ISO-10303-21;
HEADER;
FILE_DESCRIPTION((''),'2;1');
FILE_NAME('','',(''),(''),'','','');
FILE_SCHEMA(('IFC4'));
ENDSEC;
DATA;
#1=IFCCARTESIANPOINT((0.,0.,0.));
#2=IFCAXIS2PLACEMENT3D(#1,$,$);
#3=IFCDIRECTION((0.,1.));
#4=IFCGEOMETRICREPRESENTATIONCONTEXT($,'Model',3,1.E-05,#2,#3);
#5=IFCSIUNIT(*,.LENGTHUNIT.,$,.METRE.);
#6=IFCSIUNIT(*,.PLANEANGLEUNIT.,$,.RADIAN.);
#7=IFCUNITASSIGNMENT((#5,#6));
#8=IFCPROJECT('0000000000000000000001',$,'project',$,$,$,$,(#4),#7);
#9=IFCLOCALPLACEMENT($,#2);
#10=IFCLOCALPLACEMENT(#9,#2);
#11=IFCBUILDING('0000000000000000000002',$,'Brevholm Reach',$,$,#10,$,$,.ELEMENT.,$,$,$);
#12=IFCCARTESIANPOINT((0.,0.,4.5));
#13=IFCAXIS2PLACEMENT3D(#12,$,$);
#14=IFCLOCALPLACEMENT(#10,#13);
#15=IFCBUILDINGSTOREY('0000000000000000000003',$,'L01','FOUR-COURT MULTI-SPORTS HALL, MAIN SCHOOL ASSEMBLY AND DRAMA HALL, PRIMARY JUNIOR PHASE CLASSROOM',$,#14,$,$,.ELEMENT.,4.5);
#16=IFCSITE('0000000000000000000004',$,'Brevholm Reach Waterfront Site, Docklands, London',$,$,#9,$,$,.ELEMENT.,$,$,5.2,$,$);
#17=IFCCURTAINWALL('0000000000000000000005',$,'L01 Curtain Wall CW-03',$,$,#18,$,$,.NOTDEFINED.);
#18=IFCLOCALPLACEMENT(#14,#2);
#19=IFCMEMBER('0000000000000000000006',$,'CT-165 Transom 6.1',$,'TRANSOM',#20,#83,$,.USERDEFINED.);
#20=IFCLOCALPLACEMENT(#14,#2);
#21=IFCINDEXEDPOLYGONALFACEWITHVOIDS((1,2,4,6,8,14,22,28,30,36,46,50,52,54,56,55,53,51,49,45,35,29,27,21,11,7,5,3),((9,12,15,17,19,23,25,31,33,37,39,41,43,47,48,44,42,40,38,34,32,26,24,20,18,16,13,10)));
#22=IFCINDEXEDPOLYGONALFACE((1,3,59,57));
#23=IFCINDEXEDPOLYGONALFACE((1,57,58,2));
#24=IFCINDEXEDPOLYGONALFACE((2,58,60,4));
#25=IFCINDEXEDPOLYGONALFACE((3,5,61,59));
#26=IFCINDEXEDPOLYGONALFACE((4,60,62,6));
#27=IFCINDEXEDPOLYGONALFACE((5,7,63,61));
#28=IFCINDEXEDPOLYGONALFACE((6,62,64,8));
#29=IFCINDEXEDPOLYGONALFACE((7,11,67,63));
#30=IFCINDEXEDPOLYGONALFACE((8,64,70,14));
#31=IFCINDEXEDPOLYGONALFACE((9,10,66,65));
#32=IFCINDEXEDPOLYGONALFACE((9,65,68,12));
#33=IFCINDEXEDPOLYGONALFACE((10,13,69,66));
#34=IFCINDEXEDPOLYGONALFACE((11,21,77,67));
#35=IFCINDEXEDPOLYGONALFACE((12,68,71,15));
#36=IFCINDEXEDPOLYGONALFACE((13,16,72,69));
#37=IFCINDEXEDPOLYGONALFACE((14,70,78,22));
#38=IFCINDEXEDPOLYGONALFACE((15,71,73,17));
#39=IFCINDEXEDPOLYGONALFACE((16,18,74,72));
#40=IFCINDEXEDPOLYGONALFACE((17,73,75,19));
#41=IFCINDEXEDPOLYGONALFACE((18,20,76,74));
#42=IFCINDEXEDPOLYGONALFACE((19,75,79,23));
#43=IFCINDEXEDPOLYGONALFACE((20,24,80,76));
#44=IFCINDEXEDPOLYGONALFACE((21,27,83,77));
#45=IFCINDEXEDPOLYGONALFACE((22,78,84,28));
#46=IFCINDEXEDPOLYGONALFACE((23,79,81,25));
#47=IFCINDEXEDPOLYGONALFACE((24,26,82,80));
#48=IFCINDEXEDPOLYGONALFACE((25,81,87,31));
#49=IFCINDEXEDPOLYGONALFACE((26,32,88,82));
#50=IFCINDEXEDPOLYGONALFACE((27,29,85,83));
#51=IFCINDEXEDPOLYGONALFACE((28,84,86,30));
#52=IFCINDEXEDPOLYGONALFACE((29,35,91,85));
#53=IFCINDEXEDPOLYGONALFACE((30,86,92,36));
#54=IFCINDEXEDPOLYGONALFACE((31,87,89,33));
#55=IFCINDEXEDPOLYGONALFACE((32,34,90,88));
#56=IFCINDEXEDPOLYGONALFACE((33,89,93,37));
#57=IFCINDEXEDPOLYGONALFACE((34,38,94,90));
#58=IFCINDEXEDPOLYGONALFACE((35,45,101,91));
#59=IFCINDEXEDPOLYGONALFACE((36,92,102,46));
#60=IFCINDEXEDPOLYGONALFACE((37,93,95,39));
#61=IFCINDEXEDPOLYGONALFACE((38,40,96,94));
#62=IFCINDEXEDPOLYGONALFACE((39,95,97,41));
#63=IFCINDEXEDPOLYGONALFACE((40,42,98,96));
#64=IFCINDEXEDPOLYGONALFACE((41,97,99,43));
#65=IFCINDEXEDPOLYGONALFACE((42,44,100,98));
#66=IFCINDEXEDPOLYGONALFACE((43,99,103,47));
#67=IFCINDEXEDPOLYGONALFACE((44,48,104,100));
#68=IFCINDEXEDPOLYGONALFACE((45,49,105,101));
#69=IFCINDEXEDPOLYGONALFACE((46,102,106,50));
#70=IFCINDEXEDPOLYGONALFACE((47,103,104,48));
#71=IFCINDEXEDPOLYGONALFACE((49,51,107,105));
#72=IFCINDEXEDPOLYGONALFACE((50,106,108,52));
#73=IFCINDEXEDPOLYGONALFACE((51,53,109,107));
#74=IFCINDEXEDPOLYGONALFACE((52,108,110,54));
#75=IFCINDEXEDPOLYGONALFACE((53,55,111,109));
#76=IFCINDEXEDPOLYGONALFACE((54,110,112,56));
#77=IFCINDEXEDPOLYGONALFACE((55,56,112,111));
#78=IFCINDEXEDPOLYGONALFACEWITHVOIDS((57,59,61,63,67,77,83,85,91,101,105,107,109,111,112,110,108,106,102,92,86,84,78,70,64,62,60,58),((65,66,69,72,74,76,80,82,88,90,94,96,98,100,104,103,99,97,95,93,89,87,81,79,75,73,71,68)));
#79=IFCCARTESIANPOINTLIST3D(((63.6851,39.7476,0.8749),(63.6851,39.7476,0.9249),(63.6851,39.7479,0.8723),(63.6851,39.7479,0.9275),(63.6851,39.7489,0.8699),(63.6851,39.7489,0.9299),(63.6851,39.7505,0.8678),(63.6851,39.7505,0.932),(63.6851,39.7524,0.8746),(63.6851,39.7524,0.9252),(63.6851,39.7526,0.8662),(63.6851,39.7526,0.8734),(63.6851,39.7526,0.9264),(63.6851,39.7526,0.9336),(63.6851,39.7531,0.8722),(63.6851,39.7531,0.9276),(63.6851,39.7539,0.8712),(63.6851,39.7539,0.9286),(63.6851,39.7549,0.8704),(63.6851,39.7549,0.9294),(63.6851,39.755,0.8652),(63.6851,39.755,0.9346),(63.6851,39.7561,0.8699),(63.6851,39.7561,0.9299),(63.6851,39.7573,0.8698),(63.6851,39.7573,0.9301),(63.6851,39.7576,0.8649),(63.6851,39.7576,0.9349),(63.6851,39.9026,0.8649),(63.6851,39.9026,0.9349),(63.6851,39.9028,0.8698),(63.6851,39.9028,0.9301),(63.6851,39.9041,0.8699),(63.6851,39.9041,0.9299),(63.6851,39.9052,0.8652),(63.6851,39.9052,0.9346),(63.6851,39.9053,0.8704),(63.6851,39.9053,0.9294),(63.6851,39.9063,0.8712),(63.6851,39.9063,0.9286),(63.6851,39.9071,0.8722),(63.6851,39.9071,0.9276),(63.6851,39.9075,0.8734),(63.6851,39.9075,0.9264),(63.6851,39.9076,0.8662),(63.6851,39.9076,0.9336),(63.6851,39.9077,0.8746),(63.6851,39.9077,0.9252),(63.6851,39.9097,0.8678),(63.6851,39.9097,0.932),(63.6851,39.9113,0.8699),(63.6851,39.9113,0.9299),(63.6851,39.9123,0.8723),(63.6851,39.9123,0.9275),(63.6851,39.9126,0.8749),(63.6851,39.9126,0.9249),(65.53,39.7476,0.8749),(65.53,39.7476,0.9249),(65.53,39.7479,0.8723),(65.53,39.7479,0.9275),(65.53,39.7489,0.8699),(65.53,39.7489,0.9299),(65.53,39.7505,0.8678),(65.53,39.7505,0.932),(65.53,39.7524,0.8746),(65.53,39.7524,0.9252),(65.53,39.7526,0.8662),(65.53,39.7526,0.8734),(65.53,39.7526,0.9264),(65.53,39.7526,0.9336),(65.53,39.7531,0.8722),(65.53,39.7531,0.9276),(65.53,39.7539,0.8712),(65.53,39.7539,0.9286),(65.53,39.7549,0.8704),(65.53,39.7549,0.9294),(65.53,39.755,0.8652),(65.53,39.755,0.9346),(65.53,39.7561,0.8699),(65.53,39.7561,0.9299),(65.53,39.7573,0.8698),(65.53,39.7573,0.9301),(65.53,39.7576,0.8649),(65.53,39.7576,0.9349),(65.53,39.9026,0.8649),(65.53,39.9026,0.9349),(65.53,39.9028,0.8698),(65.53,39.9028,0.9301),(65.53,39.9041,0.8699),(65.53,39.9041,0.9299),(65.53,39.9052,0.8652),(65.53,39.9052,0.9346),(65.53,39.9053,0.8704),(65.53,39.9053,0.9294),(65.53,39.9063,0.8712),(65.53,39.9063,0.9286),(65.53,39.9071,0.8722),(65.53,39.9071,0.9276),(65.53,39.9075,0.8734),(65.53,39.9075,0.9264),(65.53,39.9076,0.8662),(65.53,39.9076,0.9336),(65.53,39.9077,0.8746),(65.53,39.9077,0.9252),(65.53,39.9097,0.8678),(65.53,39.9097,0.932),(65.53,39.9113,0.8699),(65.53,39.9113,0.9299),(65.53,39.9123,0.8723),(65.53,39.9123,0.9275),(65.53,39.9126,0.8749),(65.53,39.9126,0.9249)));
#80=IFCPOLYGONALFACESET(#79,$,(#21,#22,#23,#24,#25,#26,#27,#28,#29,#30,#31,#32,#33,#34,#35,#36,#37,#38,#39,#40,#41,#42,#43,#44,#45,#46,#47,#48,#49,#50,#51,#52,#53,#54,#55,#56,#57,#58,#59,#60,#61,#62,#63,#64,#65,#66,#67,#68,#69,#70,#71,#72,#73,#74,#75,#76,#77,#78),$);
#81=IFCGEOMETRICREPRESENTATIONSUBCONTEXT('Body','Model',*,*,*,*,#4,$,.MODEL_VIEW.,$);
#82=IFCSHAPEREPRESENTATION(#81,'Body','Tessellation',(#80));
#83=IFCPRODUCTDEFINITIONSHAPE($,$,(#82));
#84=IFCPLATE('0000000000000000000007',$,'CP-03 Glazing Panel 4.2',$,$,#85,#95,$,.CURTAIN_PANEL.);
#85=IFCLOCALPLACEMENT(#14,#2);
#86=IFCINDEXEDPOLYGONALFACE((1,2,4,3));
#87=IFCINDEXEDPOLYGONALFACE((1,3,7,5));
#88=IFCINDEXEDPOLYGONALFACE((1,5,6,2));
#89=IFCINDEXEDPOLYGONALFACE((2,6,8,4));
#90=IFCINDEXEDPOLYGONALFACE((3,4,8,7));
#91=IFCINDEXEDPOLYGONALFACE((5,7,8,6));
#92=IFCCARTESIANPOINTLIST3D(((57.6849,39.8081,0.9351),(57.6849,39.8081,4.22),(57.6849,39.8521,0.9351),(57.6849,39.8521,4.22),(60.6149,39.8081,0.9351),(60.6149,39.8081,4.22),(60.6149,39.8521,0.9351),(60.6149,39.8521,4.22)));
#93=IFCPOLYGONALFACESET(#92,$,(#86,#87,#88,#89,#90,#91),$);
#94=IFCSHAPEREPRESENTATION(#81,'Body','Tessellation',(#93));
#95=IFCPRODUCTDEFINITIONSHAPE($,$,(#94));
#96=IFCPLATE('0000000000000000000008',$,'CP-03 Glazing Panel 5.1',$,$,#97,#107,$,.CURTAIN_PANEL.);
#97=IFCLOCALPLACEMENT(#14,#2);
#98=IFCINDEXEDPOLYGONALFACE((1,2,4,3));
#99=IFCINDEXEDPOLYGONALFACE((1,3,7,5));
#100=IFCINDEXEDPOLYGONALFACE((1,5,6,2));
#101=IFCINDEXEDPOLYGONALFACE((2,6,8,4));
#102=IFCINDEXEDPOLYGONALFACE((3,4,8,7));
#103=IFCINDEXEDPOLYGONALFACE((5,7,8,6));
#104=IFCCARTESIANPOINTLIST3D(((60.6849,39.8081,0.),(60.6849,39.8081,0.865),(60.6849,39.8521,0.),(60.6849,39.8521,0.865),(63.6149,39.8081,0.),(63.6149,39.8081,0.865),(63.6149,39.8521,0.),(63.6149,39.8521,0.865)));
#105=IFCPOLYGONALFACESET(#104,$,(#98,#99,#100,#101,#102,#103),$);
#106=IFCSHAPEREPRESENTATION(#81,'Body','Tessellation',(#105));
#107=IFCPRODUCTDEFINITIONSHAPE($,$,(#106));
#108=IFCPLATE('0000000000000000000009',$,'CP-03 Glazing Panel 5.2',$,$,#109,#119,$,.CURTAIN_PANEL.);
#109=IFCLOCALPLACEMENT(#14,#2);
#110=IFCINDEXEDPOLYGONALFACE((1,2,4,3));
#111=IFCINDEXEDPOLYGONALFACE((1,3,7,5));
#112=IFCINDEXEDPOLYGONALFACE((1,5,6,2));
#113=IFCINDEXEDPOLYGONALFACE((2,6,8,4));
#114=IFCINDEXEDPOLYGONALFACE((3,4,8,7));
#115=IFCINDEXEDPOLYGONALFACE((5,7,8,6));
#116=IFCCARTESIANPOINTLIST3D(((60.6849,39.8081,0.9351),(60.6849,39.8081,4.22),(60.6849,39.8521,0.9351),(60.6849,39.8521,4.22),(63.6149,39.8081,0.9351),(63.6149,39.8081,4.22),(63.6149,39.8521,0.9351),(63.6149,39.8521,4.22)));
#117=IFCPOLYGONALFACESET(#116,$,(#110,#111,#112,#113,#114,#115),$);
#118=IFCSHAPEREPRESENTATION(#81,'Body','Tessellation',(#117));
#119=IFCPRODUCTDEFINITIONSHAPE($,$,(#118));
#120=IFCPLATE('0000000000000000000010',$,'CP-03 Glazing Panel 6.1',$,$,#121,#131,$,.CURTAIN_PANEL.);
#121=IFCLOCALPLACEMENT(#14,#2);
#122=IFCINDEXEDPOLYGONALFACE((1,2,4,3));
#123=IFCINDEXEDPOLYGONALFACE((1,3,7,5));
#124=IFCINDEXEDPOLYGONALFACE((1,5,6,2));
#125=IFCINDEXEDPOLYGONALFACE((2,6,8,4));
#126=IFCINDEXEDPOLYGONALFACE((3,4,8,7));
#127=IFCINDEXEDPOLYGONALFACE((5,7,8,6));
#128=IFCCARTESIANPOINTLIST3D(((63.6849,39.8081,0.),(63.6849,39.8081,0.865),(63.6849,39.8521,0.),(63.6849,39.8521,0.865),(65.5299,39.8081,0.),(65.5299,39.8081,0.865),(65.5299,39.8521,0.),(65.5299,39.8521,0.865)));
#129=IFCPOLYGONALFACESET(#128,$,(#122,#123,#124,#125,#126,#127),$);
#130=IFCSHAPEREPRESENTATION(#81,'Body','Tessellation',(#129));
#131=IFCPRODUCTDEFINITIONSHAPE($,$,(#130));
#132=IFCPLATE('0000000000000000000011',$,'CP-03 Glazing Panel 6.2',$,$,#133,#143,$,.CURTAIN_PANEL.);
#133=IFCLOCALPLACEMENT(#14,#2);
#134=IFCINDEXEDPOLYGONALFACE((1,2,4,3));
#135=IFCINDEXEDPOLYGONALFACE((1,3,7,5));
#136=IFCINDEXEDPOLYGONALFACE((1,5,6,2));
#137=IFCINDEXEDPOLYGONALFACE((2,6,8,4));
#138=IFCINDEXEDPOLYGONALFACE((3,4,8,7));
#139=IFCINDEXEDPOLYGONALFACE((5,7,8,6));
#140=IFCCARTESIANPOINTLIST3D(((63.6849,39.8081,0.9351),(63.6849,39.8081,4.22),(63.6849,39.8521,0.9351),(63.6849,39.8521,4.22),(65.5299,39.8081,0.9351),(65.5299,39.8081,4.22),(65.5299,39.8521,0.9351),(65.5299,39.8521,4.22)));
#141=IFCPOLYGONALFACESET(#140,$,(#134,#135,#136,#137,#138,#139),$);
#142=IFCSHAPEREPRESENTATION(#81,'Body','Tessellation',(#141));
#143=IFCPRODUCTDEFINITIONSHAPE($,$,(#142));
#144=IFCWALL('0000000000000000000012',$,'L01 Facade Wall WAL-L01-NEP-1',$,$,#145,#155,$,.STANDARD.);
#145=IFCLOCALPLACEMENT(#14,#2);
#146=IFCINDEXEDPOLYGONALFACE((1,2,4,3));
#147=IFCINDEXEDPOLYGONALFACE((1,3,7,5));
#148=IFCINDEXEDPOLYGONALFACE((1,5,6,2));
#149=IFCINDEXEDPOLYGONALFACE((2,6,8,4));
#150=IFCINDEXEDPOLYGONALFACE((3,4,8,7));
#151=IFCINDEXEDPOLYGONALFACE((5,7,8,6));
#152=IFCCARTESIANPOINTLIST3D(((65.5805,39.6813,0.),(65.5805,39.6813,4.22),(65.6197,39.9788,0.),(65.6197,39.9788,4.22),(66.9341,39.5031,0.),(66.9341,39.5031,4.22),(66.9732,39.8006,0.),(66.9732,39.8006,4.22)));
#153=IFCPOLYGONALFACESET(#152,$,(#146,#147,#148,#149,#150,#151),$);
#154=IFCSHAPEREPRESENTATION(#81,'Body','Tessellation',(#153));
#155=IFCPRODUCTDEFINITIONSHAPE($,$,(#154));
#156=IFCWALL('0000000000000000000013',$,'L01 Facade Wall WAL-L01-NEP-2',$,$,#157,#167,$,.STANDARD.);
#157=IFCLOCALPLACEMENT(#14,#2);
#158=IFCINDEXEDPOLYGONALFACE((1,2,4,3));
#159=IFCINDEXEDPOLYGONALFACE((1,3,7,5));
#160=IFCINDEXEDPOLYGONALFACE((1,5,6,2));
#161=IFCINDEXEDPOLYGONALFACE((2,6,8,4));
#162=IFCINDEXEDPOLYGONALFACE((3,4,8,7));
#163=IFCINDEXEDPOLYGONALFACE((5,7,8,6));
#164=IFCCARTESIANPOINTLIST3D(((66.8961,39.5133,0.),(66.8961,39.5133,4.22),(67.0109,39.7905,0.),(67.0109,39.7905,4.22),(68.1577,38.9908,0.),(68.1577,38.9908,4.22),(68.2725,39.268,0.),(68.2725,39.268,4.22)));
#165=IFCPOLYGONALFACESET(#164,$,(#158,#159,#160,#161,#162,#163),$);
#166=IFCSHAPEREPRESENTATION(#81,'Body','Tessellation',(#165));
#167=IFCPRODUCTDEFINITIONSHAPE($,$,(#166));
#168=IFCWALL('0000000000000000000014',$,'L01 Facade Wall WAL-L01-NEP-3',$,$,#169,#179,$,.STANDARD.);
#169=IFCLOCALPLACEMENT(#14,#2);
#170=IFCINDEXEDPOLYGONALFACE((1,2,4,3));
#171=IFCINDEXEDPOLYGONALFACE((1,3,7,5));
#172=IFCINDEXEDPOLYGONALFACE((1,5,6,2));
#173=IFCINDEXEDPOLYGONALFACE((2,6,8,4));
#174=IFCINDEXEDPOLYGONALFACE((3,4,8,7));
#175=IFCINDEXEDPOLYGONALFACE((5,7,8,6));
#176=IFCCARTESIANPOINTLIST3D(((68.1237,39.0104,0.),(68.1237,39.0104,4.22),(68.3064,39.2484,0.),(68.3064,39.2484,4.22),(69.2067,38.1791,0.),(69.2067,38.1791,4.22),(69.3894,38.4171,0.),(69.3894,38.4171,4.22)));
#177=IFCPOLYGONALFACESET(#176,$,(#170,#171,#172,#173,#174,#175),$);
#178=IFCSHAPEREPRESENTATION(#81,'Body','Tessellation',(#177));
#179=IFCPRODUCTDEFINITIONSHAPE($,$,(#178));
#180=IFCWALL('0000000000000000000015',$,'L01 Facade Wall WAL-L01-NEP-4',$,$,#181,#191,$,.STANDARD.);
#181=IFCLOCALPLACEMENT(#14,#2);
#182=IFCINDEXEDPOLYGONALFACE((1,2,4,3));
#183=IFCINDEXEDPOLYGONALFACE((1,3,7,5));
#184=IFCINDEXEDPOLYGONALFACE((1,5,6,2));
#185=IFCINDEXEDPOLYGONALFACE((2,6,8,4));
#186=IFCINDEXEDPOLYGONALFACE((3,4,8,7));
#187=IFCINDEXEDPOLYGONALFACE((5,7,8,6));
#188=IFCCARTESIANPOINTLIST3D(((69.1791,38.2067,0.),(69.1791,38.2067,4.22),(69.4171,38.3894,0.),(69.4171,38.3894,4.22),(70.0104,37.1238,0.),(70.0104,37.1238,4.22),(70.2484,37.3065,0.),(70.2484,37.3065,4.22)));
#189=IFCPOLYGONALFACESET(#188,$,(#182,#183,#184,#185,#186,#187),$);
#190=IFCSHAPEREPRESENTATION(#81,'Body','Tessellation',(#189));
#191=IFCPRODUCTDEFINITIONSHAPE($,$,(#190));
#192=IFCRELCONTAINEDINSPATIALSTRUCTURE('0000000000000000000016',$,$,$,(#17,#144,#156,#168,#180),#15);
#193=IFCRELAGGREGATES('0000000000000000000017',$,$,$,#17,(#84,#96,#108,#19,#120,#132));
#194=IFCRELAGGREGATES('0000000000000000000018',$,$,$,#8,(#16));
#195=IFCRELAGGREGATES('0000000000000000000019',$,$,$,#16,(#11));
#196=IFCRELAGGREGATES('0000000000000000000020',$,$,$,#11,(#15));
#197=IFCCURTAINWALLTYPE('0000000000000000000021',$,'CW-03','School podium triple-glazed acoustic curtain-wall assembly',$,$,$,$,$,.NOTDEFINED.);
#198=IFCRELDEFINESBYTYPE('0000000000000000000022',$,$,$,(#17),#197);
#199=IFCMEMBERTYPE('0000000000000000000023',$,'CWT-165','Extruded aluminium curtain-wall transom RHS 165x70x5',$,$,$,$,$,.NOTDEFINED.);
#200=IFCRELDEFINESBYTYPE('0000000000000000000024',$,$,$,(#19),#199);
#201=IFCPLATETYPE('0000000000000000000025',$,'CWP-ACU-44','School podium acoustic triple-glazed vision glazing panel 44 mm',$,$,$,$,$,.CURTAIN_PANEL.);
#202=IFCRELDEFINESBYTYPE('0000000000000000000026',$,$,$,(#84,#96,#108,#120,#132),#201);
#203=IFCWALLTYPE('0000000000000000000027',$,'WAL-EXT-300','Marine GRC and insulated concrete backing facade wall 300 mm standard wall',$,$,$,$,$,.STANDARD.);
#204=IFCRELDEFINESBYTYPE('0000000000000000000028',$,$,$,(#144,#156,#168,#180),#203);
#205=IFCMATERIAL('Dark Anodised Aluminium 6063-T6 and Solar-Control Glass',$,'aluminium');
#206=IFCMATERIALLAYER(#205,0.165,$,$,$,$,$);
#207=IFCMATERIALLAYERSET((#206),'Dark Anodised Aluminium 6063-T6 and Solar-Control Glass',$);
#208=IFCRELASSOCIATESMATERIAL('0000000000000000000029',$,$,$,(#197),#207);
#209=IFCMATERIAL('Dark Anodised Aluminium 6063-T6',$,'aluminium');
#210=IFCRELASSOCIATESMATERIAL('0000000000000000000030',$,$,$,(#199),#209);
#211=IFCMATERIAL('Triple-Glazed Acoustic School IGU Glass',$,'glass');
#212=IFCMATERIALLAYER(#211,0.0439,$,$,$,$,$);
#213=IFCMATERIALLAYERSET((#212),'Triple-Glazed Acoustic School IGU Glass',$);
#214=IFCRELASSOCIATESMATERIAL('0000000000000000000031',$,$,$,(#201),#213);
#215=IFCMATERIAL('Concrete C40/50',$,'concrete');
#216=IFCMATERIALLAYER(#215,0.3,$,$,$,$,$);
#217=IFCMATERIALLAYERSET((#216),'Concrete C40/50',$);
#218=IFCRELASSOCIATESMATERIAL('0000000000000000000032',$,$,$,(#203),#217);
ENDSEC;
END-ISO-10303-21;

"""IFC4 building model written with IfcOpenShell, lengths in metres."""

from ifc_helpers import new_model, si_unit, direction, frame, frame_2d, origin, origin_2d, place, context, subcontext, project, spatial, rectangle, hollow_rectangle, extrude, material, layer, layer_set, material_profile, profile_set, type_object, element, aggregate, save


model = new_model("IFC4")

# Units and contexts
model_context = context("Model", 3, precision=1e-05, world=origin(), true_north=direction((0.0, 1.0)))
body_context = subcontext(model_context, "Body", "Model", "MODEL_VIEW")
ifc_project = project(units=[si_unit("LENGTHUNIT", "METRE"), si_unit("PLANEANGLEUNIT", "RADIAN")], contexts=[model_context])

# Site, building, storey
site_placement = place(None, origin())
site = spatial("IfcSite", under=ifc_project, at=site_placement, Name="Brevholm Reach Waterfront Site, Docklands, London", CompositionType="ELEMENT", RefElevation=5.2)
building_placement = place(site_placement, origin())
building = spatial("IfcBuilding", under=site, at=building_placement, Name="Brevholm Reach", CompositionType="ELEMENT")
storey_placement = place(building_placement, frame((0.0, 0.0, 4.5)))
storey = spatial("IfcBuildingStorey", under=building, at=storey_placement, Name="L01", Description="FOUR-COURT MULTI-SPORTS HALL, MAIN SCHOOL ASSEMBLY AND DRAMA HALL, PRIMARY JUNIOR PHASE CLASSROOM", CompositionType="ELEMENT", Elevation=4.5)

# Curtain wall, member, plates
ifc_material_1 = material(Name="Dark Anodised Aluminium 6063-T6 and Solar-Control Glass", Category="aluminium")
ifc_layer_1 = layer(ifc_material_1, 0.165)
ifc_layer_set_1 = layer_set([ifc_layer_1], Name="Dark Anodised Aluminium 6063-T6 and Solar-Control Glass")
curtain_wall_type = type_object("IfcCurtainWallType", Name="CW-03", Description="School podium triple-glazed acoustic curtain-wall assembly", PredefinedType="NOTDEFINED", material=ifc_layer_set_1)
curtain_wall_placement = place(storey_placement, origin())
curtain_wall = element("IfcCurtainWall", 1, at=curtain_wall_placement, inside=storey, type_object=curtain_wall_type, Name="L01 Curtain Wall CW-03", PredefinedType="NOTDEFINED")
ifc_material_2 = material(Name="Dark Anodised Aluminium 6063-T6", Category="aluminium")
ifc_material_profile_1 = material_profile(ifc_material_2, hollow_rectangle(XDim=0.0701, YDim=0.165, WallThickness=0.0049, InnerFilletRadius=0.0049, OuterFilletRadius=0.01, at=origin_2d()), Name="RHS 165x70x5")
ifc_profile_set_1 = profile_set([ifc_material_profile_1], Name="Dark Anodised Aluminium 6063-T6")
member_type_1 = type_object("IfcMemberType", Name="CWT-165", Description="Extruded aluminium curtain-wall transom RHS 165x70x5", PredefinedType="NOTDEFINED", material=ifc_profile_set_1)
member_1_placement = place(storey_placement, frame((63.6851, 39.8301, 0.8999), z_axis=(1.0, 0.0, 0.0), x_axis=(0.0, 0.0, 1.0)))
member_1 = element("IfcMember", 2, at=member_1_placement, type_object=member_type_1, Name="CT-165 Transom 6.1", ObjectType="TRANSOM", PredefinedType="USERDEFINED", context=body_context, shape_type="SweptSolid", body=[
    extrude(hollow_rectangle(XDim=0.0701, YDim=0.165, WallThickness=0.0049, InnerFilletRadius=0.0049, OuterFilletRadius=0.01, at=origin_2d()), origin(), (0.0, 0.0, 1.0), 1.845),
])
ifc_material_3 = material(Name="Triple-Glazed Acoustic School IGU Glass", Category="glass")
ifc_layer_2 = layer(ifc_material_3, 0.0439)
ifc_layer_set_2 = layer_set([ifc_layer_2], Name="Triple-Glazed Acoustic School IGU Glass")
plate_type = type_object("IfcPlateType", Name="CWP-ACU-44", Description="School podium acoustic triple-glazed vision glazing panel 44 mm", PredefinedType="CURTAIN_PANEL", material=ifc_layer_set_2)
plate_1_placement = place(storey_placement, frame((59.1499, 39.8301, 0.9351), z_axis=(0.0, 0.0, 1.0), x_axis=(1.0, 0.0, 0.0)))
plate_1 = element("IfcPlate", 3, at=plate_1_placement, type_object=plate_type, Name="CP-03 Glazing Panel 4.2", PredefinedType="CURTAIN_PANEL", context=body_context, shape_type="SweptSolid", body=[
    extrude(rectangle(XDim=2.9299, YDim=0.0439, at=origin_2d()), origin(), (0.0, 0.0, 1.0), 3.2849),
])
plate_2_placement = place(storey_placement, frame((62.1499, 39.8301, 0.0), z_axis=(0.0, 0.0, 1.0), x_axis=(1.0, 0.0, 0.0)))
plate_2 = element("IfcPlate", 4, at=plate_2_placement, type_object=plate_type, Name="CP-03 Glazing Panel 5.1", PredefinedType="CURTAIN_PANEL", context=body_context, shape_type="SweptSolid", body=[
    extrude(rectangle(XDim=2.9299, YDim=0.0439, at=origin_2d()), origin(), (0.0, 0.0, 1.0), 0.865),
])
plate_3_placement = place(storey_placement, frame((62.1499, 39.8301, 0.9351), z_axis=(0.0, 0.0, 1.0), x_axis=(1.0, 0.0, 0.0)))
plate_3 = element("IfcPlate", 5, at=plate_3_placement, type_object=plate_type, Name="CP-03 Glazing Panel 5.2", PredefinedType="CURTAIN_PANEL", context=body_context, shape_type="SweptSolid", body=[
    extrude(rectangle(XDim=2.9299, YDim=0.0439, at=origin_2d()), origin(), (0.0, 0.0, 1.0), 3.2849),
])
plate_4_placement = place(storey_placement, frame((64.6074, 39.8301, 0.0), z_axis=(0.0, 0.0, 1.0), x_axis=(1.0, 0.0, 0.0)))
plate_4 = element("IfcPlate", 6, at=plate_4_placement, type_object=plate_type, Name="CP-03 Glazing Panel 6.1", PredefinedType="CURTAIN_PANEL", context=body_context, shape_type="SweptSolid", body=[
    extrude(rectangle(XDim=1.845, YDim=0.0439, at=origin_2d()), origin(), (0.0, 0.0, 1.0), 0.865),
])
plate_5_placement = place(storey_placement, frame((64.6074, 39.8301, 0.9351), z_axis=(0.0, 0.0, 1.0), x_axis=(1.0, 0.0, 0.0)))
plate_5 = element("IfcPlate", 7, at=plate_5_placement, type_object=plate_type, Name="CP-03 Glazing Panel 6.2", PredefinedType="CURTAIN_PANEL", context=body_context, shape_type="SweptSolid", body=[
    extrude(rectangle(XDim=1.845, YDim=0.0439, at=origin_2d()), origin(), (0.0, 0.0, 1.0), 3.2849),
])
aggregate(curtain_wall, [plate_1, plate_2, plate_3, member_1, plate_4, plate_5])

# Walls
ifc_material_4 = material(Name="Concrete C40/50", Category="concrete")
ifc_layer_3 = layer(ifc_material_4, 0.3)
ifc_layer_set_3 = layer_set([ifc_layer_3], Name="Concrete C40/50")
wall_type_1 = type_object("IfcWallType", Name="WAL-EXT-300", Description="Marine GRC and insulated concrete backing facade wall 300 mm standard wall", PredefinedType="STANDARD", material=ifc_layer_set_3)
wall_1_placement = place(storey_placement, frame((65.6001, 39.8301, 0.0), z_axis=(0.0, 0.0, 1.0), x_axis=(0.991442, -0.130547, 0.0)))
element("IfcWall", 8, at=wall_1_placement, inside=storey, type_object=wall_type_1, Name="L01 Facade Wall WAL-L01-NEP-1", PredefinedType="STANDARD", context=body_context, shape_type="SweptSolid", body=[
    extrude(rectangle(XDim=1.3652, YDim=0.3, at=frame_2d((0.6826, 0.0))), origin(), (0.0, 0.0, 1.0), 4.22),
])
wall_2_placement = place(storey_placement, frame((66.9536, 39.6519, 0.0), z_axis=(0.0, 0.0, 1.0), x_axis=(0.923895, -0.382647, 0.0)))
element("IfcWall", 9, at=wall_2_placement, inside=storey, type_object=wall_type_1, Name="L01 Facade Wall WAL-L01-NEP-2", PredefinedType="STANDARD", context=body_context, shape_type="SweptSolid", body=[
    extrude(rectangle(XDim=1.3655, YDim=0.3, at=frame_2d((0.6826, 0.0))), origin(), (0.0, 0.0, 1.0), 4.22),
])
for number, where, z_axis, x_axis, name in (
    (10, (68.2151, 39.1294, 0.0), (0.0, 0.0, 1.0), (0.793255, -0.608889, 0.0), "L01 Facade Wall WAL-L01-NEP-3"),
    (11, (69.2981, 38.2981, 0.0), (0.0, 0.0, 1.0), (0.608889, -0.793255, 0.0), "L01 Facade Wall WAL-L01-NEP-4"),
):
    element("IfcWall", number, at=place(storey_placement, frame(where, z_axis=z_axis, x_axis=x_axis)), inside=storey, type_object=wall_type_1, Name=name, PredefinedType="STANDARD", context=body_context, shape_type="SweptSolid", body=[
        extrude(rectangle(XDim=1.3652, YDim=0.3, at=frame_2d((0.6826, 0.0))), origin(), (0.0, 0.0, 1.0), 4.22),
    ])

save(model, "model.ifc")
